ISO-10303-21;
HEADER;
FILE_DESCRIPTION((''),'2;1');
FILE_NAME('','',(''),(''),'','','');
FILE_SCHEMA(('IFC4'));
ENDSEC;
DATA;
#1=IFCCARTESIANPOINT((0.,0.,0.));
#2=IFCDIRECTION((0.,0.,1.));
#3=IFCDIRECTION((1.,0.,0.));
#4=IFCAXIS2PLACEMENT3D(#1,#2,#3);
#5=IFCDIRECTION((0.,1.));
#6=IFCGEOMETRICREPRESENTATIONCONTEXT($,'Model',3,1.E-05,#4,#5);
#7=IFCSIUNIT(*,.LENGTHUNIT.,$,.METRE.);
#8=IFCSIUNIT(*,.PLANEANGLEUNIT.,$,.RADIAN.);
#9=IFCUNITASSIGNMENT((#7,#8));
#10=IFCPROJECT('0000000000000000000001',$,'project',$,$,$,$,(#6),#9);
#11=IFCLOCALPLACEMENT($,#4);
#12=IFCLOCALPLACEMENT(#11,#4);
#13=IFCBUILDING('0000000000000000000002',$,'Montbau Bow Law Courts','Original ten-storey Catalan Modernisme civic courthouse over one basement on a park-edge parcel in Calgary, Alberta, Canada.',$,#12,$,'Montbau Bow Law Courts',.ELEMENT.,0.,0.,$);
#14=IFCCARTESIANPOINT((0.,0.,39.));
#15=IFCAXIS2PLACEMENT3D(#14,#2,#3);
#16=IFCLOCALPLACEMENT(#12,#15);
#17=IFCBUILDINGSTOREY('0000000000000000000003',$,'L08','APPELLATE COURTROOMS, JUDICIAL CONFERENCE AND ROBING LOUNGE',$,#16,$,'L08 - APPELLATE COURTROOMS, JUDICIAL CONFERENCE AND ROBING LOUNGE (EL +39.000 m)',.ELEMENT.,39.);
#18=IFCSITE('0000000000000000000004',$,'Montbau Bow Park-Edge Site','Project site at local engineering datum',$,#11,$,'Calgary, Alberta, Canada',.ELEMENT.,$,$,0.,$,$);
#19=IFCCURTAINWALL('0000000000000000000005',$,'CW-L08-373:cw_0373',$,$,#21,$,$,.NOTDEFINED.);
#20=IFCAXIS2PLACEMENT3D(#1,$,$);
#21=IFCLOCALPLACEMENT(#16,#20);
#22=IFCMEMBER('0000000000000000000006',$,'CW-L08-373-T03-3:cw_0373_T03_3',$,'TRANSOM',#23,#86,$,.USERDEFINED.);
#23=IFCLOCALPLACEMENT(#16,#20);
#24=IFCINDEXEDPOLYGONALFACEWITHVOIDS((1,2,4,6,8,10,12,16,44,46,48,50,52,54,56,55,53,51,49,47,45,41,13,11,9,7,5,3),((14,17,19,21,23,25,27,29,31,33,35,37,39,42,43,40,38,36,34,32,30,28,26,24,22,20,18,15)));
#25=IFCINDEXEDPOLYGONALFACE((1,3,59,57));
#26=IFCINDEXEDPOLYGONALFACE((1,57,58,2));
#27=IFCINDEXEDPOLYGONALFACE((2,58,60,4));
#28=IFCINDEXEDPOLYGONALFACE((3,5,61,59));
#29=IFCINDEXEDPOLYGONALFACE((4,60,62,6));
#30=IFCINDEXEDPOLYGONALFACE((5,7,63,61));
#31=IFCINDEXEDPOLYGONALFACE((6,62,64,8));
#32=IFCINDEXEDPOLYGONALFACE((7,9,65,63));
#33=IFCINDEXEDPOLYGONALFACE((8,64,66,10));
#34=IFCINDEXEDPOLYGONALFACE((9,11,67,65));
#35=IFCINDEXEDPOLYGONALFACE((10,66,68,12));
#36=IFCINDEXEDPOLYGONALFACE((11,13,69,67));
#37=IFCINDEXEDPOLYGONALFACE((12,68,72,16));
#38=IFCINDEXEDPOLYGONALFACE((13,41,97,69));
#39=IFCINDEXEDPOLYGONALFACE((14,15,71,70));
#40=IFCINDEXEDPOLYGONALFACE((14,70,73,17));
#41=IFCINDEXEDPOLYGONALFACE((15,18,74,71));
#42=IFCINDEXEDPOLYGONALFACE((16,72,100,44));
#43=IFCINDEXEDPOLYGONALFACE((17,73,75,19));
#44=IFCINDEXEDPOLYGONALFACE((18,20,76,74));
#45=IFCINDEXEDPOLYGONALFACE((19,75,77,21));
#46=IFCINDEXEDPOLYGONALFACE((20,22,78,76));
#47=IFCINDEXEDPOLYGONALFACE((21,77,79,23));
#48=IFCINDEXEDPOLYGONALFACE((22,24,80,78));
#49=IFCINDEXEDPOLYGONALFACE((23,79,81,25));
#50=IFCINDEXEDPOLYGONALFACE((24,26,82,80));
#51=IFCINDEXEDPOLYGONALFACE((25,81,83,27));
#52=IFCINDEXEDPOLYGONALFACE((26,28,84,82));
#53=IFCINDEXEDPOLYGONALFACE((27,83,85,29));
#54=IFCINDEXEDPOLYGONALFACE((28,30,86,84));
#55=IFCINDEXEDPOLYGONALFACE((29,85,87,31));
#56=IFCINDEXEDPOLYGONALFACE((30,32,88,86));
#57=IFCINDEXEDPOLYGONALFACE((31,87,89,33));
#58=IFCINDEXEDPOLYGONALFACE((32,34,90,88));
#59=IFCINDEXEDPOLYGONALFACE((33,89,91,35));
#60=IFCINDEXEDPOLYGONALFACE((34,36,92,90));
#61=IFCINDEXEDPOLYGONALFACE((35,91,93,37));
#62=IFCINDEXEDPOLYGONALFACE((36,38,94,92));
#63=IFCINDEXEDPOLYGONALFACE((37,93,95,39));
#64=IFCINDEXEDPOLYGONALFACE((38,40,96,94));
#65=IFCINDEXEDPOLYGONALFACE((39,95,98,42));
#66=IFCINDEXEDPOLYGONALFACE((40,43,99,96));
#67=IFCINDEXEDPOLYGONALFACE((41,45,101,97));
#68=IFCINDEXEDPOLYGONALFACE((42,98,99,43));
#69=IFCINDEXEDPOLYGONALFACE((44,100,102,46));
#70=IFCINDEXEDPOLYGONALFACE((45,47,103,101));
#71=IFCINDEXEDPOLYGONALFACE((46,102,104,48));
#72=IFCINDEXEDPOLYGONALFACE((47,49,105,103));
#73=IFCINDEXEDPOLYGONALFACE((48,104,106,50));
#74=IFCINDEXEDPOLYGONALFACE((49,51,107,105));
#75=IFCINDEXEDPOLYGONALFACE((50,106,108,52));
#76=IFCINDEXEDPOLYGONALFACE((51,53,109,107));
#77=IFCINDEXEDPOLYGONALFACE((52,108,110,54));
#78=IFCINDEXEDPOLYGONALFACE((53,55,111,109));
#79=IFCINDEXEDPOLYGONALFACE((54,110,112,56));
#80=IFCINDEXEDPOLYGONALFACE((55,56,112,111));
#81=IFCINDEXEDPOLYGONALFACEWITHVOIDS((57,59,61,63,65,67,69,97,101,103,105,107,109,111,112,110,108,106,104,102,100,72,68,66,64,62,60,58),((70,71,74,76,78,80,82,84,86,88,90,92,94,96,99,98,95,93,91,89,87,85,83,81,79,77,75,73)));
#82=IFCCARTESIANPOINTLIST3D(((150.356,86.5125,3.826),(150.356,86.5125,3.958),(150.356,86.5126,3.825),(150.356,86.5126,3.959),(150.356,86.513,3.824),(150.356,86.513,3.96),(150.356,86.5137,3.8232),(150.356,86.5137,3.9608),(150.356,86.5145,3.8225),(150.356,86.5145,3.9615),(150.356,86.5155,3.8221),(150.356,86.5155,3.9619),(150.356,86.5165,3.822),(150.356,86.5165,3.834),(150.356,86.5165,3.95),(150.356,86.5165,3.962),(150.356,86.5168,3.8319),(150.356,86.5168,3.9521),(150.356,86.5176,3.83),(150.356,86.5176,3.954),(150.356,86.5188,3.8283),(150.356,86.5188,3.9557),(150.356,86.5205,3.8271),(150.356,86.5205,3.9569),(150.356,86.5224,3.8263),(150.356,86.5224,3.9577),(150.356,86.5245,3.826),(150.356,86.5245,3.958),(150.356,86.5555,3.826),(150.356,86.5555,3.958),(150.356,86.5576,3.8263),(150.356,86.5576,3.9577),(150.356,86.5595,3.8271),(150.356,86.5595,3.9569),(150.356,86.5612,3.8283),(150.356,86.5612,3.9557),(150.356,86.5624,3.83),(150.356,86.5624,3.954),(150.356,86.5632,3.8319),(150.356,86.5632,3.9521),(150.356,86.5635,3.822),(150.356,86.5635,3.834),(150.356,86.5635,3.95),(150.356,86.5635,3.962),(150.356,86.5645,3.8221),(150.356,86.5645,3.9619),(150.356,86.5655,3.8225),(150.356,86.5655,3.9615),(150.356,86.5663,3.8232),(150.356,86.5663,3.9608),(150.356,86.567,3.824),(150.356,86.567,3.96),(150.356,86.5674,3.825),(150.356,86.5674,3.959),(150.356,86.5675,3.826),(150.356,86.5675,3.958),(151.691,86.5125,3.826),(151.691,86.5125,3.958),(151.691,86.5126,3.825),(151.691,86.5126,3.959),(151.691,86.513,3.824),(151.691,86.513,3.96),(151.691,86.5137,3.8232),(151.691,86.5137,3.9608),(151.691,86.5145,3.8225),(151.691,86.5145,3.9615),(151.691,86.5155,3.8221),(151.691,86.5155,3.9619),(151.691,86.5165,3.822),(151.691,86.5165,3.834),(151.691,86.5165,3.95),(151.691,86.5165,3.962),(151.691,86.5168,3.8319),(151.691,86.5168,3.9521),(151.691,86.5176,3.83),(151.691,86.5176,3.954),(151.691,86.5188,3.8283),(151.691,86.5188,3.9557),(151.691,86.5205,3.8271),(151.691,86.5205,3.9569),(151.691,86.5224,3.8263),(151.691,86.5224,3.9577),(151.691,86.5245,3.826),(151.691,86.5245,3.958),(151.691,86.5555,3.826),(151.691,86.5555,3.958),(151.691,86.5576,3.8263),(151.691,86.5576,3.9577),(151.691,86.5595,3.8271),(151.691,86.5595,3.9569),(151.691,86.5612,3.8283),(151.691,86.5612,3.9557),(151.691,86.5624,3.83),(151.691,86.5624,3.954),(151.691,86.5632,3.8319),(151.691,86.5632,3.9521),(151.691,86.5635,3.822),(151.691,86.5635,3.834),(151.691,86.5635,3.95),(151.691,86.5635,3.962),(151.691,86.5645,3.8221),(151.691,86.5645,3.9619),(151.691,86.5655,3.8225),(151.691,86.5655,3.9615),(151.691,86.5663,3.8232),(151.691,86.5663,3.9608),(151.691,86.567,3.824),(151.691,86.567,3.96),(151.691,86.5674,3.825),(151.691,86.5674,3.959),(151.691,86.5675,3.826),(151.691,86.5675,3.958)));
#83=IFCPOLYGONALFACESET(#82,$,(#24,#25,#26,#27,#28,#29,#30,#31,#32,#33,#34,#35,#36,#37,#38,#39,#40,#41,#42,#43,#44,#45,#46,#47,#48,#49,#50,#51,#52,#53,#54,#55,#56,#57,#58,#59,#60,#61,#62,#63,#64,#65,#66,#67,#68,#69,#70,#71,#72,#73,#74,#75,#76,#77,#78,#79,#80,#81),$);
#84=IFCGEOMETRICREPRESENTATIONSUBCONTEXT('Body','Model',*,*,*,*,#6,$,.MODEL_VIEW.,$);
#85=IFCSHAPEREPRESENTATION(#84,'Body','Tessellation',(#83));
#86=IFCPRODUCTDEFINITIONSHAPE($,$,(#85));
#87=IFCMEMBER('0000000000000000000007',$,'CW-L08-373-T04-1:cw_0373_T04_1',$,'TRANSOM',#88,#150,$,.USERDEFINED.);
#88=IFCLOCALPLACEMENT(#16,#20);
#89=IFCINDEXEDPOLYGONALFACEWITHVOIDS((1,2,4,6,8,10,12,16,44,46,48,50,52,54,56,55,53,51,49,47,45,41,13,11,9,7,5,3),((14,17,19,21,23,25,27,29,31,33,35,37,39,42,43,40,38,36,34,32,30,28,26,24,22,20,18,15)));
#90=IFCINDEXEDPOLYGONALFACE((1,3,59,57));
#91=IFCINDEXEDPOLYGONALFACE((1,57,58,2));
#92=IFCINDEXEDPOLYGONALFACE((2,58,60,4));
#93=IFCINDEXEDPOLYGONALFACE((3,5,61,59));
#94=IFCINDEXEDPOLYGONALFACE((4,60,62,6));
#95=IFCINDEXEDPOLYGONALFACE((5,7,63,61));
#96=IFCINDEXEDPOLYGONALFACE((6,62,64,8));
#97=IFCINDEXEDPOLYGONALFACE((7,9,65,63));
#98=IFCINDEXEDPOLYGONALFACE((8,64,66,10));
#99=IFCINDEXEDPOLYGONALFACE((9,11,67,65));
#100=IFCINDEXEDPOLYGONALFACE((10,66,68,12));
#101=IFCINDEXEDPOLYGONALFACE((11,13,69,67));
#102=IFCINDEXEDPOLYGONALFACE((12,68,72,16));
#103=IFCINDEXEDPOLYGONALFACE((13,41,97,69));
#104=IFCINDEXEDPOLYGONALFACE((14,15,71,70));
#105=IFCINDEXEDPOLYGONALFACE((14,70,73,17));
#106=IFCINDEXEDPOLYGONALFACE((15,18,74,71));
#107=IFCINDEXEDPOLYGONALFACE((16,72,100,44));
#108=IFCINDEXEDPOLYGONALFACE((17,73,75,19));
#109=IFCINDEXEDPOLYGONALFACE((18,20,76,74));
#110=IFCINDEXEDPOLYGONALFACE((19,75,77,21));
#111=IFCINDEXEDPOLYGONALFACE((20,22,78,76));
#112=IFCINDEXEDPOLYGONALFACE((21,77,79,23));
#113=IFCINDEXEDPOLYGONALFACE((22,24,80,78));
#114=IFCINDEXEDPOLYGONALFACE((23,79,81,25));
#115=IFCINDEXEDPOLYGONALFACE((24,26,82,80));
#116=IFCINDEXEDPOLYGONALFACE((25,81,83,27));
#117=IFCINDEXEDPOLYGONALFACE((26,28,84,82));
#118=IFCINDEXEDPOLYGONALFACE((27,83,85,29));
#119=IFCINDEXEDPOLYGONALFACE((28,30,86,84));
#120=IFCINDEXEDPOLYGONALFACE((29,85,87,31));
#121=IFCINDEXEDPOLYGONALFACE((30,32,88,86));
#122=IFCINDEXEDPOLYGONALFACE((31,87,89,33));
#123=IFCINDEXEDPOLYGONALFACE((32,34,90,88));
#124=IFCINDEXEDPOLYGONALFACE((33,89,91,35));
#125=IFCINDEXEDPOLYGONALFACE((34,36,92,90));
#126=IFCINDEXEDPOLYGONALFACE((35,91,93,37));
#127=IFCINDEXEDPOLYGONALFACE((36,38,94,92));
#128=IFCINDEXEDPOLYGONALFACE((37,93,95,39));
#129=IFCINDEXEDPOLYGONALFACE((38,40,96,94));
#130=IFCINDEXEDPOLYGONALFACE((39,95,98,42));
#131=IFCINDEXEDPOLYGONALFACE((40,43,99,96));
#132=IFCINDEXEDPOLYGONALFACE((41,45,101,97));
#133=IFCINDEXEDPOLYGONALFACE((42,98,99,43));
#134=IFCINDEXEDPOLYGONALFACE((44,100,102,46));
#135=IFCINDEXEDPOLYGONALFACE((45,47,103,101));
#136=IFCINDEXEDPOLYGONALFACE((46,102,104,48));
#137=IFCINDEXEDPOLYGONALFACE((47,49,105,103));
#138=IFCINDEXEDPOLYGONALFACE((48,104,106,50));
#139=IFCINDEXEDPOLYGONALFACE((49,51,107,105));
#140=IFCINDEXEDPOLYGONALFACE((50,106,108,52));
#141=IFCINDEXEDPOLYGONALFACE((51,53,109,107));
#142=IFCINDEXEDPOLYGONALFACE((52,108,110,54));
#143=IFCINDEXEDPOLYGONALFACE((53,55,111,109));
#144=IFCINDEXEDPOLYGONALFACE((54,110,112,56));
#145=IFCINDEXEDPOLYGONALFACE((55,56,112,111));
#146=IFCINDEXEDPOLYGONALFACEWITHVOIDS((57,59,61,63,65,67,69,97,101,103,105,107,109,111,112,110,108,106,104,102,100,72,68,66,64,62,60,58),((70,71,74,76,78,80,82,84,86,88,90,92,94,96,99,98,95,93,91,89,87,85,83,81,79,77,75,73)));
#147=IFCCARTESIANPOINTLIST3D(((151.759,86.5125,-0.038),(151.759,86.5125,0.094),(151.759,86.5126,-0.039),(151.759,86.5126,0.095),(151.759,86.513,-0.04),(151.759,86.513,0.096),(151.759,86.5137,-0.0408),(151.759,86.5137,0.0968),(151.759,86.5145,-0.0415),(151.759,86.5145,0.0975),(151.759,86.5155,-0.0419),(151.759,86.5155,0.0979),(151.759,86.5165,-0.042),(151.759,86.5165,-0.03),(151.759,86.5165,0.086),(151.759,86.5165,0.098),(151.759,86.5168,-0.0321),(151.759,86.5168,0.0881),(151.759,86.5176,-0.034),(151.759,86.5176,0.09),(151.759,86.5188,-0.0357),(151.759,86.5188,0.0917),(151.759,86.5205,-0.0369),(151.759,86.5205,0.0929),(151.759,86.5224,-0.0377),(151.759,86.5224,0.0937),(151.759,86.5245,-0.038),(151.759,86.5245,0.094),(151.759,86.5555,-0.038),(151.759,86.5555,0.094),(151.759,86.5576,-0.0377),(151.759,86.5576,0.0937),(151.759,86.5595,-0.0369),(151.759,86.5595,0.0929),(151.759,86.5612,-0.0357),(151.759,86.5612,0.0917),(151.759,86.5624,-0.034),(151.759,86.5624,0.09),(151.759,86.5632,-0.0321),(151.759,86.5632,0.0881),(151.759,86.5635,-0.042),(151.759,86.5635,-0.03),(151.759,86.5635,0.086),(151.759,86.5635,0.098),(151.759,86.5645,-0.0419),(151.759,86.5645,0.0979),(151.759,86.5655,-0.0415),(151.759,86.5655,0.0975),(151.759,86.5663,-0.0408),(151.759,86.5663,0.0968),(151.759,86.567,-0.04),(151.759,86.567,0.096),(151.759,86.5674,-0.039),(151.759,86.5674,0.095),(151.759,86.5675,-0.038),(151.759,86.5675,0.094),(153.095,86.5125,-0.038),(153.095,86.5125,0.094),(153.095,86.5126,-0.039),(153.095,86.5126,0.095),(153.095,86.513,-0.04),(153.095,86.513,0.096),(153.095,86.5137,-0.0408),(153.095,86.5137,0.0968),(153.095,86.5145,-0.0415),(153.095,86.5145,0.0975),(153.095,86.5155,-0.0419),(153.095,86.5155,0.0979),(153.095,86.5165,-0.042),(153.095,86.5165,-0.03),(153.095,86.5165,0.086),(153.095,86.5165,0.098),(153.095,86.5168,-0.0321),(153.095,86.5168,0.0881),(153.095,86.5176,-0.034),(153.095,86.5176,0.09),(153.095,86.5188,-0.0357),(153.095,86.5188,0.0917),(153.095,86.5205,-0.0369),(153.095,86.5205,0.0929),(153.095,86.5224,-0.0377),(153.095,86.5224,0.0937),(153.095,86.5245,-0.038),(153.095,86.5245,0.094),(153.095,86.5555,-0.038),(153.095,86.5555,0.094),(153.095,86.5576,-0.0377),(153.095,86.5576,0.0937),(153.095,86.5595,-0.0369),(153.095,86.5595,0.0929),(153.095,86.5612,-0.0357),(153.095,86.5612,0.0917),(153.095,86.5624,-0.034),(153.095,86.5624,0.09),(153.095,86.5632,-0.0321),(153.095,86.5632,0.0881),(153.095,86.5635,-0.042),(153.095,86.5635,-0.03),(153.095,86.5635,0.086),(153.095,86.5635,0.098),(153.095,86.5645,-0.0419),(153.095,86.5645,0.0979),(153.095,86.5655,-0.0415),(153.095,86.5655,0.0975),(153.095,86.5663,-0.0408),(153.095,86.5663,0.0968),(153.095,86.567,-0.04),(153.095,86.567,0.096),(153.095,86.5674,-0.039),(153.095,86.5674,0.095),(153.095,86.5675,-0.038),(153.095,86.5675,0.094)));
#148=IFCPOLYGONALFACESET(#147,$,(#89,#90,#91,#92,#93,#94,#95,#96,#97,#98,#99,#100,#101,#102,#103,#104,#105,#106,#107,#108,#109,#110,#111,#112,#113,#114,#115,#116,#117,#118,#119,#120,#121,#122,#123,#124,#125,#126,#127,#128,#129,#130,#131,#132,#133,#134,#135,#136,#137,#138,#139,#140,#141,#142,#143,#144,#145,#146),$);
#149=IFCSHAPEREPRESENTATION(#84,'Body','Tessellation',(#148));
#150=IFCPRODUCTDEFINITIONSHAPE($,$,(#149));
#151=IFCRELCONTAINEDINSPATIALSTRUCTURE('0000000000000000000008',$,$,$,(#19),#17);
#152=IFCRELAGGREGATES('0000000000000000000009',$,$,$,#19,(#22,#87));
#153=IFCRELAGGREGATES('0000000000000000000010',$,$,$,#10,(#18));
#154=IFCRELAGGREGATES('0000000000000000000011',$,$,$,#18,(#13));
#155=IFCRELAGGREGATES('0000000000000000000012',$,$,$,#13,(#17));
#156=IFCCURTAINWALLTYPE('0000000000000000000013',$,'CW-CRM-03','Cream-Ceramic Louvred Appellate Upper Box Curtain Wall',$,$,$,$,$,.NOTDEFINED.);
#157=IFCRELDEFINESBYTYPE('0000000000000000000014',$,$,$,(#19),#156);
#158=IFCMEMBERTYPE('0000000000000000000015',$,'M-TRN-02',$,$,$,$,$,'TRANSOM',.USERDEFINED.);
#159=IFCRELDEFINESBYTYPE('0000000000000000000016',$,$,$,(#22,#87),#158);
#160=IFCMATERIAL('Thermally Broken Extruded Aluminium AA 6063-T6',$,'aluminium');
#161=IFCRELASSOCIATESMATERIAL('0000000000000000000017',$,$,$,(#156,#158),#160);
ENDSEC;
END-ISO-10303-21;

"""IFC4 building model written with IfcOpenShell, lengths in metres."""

from ifc_helpers import new_model, si_unit, direction, frame, origin_with_axes, origin_2d_with_axis, place, context, subcontext, project, spatial, hollow_rectangle, extrude, material, material_profile, profile_set, type_object, element, aggregate, save


model = new_model("IFC4")

# Units and contexts
model_context = context("Model", 3, precision=1e-05, world=origin_with_axes(), true_north=direction((0.0, 1.0)))
body_context = subcontext(model_context, "Body", "Model", "MODEL_VIEW")
ifc_project = project(units=[si_unit("LENGTHUNIT", "METRE"), si_unit("PLANEANGLEUNIT", "RADIAN")], contexts=[model_context])

# Site, building, storey
site_placement = place(None, origin_with_axes())
site = spatial("IfcSite", under=ifc_project, at=site_placement, Name="Montbau Bow Park-Edge Site", Description="Project site at local engineering datum", LongName="Calgary, Alberta, Canada", CompositionType="ELEMENT", RefElevation=0.0)
building_placement = place(site_placement, origin_with_axes())
building = spatial("IfcBuilding", under=site, at=building_placement, Name="Montbau Bow Law Courts", Description="Original ten-storey Catalan Modernisme civic courthouse over one basement on a park-edge parcel in Calgary, Alberta, Canada.", LongName="Montbau Bow Law Courts", CompositionType="ELEMENT", ElevationOfRefHeight=0.0, ElevationOfTerrain=0.0)
storey_placement = place(building_placement, frame((0.0, 0.0, 39.0), z_axis=(0.0, 0.0, 1.0), x_axis=(1.0, 0.0, 0.0)))
storey = spatial("IfcBuildingStorey", under=building, at=storey_placement, Name="L08", Description="APPELLATE COURTROOMS, JUDICIAL CONFERENCE AND ROBING LOUNGE", LongName="L08 - APPELLATE COURTROOMS, JUDICIAL CONFERENCE AND ROBING LOUNGE (EL +39.000 m)", CompositionType="ELEMENT", Elevation=39.0)

# Shared definitions
ifc_material_1 = material(Name="Thermally Broken Extruded Aluminium AA 6063-T6", Category="aluminium")
curtain_wall_type = type_object("IfcCurtainWallType", Name="CW-CRM-03", Description="Cream-Ceramic Louvred Appellate Upper Box Curtain Wall", PredefinedType="NOTDEFINED", material=ifc_material_1)

# Curtain wall, members
curtain_wall_1_placement = place(None, frame((147.515, 86.54, 39.0), z_axis=(0.0, 0.0, 1.0), x_axis=(1.0, 0.0, 0.0)))
curtain_wall_1 = element("IfcCurtainWall", 1, at=curtain_wall_1_placement, inside=storey, type_object=curtain_wall_type, Name="CW-L08-373:cw_0373", PredefinedType="NOTDEFINED")
ifc_material_profile_1 = material_profile(ifc_material_1, hollow_rectangle(XDim=0.055, YDim=0.14, WallThickness=0.004, InnerFilletRadius=0.008, OuterFilletRadius=0.004, at=origin_2d_with_axis()), Name="CWT-140X55", Category="Main", Priority=0)
ifc_profile_set_1 = profile_set([ifc_material_profile_1], Name="Thermally Broken Extruded Aluminium AA 6063-T6")
member_type_1 = type_object("IfcMemberType", Name="M-TRN-02", ElementType="TRANSOM", PredefinedType="USERDEFINED", material=ifc_profile_set_1)
member_1_placement = place(None, frame((150.356, 86.54, 42.892), z_axis=(1.0, 0.0, 0.0), x_axis=(0.0, 1.0, 0.0)))
member_1 = element("IfcMember", 2, at=member_1_placement, type_object=member_type_1, Name="CW-L08-373-T03-3:cw_0373_T03_3", ObjectType="TRANSOM", PredefinedType="USERDEFINED", context=body_context, shape_type="SweptSolid", body=[
    extrude(hollow_rectangle(XDim=0.055, YDim=0.14, WallThickness=0.004, InnerFilletRadius=0.008, OuterFilletRadius=0.004, at=origin_2d_with_axis()), origin_with_axes(), (0.0, 0.0, 1.0), 1.335),
])
member_2_placement = place(None, frame((151.759, 86.54, 39.028), z_axis=(1.0, 0.0, 0.0), x_axis=(0.0, 1.0, 0.0)))
member_2 = element("IfcMember", 3, at=member_2_placement, type_object=member_type_1, Name="CW-L08-373-T04-1:cw_0373_T04_1", ObjectType="TRANSOM", PredefinedType="USERDEFINED", context=body_context, shape_type="SweptSolid", body=[
    extrude(hollow_rectangle(XDim=0.055, YDim=0.14, WallThickness=0.004, InnerFilletRadius=0.008, OuterFilletRadius=0.004, at=origin_2d_with_axis()), origin_with_axes(), (0.0, 0.0, 1.0), 1.336),
])
aggregate(curtain_wall_1, [member_1, member_2])

save(model, "model.ifc")
